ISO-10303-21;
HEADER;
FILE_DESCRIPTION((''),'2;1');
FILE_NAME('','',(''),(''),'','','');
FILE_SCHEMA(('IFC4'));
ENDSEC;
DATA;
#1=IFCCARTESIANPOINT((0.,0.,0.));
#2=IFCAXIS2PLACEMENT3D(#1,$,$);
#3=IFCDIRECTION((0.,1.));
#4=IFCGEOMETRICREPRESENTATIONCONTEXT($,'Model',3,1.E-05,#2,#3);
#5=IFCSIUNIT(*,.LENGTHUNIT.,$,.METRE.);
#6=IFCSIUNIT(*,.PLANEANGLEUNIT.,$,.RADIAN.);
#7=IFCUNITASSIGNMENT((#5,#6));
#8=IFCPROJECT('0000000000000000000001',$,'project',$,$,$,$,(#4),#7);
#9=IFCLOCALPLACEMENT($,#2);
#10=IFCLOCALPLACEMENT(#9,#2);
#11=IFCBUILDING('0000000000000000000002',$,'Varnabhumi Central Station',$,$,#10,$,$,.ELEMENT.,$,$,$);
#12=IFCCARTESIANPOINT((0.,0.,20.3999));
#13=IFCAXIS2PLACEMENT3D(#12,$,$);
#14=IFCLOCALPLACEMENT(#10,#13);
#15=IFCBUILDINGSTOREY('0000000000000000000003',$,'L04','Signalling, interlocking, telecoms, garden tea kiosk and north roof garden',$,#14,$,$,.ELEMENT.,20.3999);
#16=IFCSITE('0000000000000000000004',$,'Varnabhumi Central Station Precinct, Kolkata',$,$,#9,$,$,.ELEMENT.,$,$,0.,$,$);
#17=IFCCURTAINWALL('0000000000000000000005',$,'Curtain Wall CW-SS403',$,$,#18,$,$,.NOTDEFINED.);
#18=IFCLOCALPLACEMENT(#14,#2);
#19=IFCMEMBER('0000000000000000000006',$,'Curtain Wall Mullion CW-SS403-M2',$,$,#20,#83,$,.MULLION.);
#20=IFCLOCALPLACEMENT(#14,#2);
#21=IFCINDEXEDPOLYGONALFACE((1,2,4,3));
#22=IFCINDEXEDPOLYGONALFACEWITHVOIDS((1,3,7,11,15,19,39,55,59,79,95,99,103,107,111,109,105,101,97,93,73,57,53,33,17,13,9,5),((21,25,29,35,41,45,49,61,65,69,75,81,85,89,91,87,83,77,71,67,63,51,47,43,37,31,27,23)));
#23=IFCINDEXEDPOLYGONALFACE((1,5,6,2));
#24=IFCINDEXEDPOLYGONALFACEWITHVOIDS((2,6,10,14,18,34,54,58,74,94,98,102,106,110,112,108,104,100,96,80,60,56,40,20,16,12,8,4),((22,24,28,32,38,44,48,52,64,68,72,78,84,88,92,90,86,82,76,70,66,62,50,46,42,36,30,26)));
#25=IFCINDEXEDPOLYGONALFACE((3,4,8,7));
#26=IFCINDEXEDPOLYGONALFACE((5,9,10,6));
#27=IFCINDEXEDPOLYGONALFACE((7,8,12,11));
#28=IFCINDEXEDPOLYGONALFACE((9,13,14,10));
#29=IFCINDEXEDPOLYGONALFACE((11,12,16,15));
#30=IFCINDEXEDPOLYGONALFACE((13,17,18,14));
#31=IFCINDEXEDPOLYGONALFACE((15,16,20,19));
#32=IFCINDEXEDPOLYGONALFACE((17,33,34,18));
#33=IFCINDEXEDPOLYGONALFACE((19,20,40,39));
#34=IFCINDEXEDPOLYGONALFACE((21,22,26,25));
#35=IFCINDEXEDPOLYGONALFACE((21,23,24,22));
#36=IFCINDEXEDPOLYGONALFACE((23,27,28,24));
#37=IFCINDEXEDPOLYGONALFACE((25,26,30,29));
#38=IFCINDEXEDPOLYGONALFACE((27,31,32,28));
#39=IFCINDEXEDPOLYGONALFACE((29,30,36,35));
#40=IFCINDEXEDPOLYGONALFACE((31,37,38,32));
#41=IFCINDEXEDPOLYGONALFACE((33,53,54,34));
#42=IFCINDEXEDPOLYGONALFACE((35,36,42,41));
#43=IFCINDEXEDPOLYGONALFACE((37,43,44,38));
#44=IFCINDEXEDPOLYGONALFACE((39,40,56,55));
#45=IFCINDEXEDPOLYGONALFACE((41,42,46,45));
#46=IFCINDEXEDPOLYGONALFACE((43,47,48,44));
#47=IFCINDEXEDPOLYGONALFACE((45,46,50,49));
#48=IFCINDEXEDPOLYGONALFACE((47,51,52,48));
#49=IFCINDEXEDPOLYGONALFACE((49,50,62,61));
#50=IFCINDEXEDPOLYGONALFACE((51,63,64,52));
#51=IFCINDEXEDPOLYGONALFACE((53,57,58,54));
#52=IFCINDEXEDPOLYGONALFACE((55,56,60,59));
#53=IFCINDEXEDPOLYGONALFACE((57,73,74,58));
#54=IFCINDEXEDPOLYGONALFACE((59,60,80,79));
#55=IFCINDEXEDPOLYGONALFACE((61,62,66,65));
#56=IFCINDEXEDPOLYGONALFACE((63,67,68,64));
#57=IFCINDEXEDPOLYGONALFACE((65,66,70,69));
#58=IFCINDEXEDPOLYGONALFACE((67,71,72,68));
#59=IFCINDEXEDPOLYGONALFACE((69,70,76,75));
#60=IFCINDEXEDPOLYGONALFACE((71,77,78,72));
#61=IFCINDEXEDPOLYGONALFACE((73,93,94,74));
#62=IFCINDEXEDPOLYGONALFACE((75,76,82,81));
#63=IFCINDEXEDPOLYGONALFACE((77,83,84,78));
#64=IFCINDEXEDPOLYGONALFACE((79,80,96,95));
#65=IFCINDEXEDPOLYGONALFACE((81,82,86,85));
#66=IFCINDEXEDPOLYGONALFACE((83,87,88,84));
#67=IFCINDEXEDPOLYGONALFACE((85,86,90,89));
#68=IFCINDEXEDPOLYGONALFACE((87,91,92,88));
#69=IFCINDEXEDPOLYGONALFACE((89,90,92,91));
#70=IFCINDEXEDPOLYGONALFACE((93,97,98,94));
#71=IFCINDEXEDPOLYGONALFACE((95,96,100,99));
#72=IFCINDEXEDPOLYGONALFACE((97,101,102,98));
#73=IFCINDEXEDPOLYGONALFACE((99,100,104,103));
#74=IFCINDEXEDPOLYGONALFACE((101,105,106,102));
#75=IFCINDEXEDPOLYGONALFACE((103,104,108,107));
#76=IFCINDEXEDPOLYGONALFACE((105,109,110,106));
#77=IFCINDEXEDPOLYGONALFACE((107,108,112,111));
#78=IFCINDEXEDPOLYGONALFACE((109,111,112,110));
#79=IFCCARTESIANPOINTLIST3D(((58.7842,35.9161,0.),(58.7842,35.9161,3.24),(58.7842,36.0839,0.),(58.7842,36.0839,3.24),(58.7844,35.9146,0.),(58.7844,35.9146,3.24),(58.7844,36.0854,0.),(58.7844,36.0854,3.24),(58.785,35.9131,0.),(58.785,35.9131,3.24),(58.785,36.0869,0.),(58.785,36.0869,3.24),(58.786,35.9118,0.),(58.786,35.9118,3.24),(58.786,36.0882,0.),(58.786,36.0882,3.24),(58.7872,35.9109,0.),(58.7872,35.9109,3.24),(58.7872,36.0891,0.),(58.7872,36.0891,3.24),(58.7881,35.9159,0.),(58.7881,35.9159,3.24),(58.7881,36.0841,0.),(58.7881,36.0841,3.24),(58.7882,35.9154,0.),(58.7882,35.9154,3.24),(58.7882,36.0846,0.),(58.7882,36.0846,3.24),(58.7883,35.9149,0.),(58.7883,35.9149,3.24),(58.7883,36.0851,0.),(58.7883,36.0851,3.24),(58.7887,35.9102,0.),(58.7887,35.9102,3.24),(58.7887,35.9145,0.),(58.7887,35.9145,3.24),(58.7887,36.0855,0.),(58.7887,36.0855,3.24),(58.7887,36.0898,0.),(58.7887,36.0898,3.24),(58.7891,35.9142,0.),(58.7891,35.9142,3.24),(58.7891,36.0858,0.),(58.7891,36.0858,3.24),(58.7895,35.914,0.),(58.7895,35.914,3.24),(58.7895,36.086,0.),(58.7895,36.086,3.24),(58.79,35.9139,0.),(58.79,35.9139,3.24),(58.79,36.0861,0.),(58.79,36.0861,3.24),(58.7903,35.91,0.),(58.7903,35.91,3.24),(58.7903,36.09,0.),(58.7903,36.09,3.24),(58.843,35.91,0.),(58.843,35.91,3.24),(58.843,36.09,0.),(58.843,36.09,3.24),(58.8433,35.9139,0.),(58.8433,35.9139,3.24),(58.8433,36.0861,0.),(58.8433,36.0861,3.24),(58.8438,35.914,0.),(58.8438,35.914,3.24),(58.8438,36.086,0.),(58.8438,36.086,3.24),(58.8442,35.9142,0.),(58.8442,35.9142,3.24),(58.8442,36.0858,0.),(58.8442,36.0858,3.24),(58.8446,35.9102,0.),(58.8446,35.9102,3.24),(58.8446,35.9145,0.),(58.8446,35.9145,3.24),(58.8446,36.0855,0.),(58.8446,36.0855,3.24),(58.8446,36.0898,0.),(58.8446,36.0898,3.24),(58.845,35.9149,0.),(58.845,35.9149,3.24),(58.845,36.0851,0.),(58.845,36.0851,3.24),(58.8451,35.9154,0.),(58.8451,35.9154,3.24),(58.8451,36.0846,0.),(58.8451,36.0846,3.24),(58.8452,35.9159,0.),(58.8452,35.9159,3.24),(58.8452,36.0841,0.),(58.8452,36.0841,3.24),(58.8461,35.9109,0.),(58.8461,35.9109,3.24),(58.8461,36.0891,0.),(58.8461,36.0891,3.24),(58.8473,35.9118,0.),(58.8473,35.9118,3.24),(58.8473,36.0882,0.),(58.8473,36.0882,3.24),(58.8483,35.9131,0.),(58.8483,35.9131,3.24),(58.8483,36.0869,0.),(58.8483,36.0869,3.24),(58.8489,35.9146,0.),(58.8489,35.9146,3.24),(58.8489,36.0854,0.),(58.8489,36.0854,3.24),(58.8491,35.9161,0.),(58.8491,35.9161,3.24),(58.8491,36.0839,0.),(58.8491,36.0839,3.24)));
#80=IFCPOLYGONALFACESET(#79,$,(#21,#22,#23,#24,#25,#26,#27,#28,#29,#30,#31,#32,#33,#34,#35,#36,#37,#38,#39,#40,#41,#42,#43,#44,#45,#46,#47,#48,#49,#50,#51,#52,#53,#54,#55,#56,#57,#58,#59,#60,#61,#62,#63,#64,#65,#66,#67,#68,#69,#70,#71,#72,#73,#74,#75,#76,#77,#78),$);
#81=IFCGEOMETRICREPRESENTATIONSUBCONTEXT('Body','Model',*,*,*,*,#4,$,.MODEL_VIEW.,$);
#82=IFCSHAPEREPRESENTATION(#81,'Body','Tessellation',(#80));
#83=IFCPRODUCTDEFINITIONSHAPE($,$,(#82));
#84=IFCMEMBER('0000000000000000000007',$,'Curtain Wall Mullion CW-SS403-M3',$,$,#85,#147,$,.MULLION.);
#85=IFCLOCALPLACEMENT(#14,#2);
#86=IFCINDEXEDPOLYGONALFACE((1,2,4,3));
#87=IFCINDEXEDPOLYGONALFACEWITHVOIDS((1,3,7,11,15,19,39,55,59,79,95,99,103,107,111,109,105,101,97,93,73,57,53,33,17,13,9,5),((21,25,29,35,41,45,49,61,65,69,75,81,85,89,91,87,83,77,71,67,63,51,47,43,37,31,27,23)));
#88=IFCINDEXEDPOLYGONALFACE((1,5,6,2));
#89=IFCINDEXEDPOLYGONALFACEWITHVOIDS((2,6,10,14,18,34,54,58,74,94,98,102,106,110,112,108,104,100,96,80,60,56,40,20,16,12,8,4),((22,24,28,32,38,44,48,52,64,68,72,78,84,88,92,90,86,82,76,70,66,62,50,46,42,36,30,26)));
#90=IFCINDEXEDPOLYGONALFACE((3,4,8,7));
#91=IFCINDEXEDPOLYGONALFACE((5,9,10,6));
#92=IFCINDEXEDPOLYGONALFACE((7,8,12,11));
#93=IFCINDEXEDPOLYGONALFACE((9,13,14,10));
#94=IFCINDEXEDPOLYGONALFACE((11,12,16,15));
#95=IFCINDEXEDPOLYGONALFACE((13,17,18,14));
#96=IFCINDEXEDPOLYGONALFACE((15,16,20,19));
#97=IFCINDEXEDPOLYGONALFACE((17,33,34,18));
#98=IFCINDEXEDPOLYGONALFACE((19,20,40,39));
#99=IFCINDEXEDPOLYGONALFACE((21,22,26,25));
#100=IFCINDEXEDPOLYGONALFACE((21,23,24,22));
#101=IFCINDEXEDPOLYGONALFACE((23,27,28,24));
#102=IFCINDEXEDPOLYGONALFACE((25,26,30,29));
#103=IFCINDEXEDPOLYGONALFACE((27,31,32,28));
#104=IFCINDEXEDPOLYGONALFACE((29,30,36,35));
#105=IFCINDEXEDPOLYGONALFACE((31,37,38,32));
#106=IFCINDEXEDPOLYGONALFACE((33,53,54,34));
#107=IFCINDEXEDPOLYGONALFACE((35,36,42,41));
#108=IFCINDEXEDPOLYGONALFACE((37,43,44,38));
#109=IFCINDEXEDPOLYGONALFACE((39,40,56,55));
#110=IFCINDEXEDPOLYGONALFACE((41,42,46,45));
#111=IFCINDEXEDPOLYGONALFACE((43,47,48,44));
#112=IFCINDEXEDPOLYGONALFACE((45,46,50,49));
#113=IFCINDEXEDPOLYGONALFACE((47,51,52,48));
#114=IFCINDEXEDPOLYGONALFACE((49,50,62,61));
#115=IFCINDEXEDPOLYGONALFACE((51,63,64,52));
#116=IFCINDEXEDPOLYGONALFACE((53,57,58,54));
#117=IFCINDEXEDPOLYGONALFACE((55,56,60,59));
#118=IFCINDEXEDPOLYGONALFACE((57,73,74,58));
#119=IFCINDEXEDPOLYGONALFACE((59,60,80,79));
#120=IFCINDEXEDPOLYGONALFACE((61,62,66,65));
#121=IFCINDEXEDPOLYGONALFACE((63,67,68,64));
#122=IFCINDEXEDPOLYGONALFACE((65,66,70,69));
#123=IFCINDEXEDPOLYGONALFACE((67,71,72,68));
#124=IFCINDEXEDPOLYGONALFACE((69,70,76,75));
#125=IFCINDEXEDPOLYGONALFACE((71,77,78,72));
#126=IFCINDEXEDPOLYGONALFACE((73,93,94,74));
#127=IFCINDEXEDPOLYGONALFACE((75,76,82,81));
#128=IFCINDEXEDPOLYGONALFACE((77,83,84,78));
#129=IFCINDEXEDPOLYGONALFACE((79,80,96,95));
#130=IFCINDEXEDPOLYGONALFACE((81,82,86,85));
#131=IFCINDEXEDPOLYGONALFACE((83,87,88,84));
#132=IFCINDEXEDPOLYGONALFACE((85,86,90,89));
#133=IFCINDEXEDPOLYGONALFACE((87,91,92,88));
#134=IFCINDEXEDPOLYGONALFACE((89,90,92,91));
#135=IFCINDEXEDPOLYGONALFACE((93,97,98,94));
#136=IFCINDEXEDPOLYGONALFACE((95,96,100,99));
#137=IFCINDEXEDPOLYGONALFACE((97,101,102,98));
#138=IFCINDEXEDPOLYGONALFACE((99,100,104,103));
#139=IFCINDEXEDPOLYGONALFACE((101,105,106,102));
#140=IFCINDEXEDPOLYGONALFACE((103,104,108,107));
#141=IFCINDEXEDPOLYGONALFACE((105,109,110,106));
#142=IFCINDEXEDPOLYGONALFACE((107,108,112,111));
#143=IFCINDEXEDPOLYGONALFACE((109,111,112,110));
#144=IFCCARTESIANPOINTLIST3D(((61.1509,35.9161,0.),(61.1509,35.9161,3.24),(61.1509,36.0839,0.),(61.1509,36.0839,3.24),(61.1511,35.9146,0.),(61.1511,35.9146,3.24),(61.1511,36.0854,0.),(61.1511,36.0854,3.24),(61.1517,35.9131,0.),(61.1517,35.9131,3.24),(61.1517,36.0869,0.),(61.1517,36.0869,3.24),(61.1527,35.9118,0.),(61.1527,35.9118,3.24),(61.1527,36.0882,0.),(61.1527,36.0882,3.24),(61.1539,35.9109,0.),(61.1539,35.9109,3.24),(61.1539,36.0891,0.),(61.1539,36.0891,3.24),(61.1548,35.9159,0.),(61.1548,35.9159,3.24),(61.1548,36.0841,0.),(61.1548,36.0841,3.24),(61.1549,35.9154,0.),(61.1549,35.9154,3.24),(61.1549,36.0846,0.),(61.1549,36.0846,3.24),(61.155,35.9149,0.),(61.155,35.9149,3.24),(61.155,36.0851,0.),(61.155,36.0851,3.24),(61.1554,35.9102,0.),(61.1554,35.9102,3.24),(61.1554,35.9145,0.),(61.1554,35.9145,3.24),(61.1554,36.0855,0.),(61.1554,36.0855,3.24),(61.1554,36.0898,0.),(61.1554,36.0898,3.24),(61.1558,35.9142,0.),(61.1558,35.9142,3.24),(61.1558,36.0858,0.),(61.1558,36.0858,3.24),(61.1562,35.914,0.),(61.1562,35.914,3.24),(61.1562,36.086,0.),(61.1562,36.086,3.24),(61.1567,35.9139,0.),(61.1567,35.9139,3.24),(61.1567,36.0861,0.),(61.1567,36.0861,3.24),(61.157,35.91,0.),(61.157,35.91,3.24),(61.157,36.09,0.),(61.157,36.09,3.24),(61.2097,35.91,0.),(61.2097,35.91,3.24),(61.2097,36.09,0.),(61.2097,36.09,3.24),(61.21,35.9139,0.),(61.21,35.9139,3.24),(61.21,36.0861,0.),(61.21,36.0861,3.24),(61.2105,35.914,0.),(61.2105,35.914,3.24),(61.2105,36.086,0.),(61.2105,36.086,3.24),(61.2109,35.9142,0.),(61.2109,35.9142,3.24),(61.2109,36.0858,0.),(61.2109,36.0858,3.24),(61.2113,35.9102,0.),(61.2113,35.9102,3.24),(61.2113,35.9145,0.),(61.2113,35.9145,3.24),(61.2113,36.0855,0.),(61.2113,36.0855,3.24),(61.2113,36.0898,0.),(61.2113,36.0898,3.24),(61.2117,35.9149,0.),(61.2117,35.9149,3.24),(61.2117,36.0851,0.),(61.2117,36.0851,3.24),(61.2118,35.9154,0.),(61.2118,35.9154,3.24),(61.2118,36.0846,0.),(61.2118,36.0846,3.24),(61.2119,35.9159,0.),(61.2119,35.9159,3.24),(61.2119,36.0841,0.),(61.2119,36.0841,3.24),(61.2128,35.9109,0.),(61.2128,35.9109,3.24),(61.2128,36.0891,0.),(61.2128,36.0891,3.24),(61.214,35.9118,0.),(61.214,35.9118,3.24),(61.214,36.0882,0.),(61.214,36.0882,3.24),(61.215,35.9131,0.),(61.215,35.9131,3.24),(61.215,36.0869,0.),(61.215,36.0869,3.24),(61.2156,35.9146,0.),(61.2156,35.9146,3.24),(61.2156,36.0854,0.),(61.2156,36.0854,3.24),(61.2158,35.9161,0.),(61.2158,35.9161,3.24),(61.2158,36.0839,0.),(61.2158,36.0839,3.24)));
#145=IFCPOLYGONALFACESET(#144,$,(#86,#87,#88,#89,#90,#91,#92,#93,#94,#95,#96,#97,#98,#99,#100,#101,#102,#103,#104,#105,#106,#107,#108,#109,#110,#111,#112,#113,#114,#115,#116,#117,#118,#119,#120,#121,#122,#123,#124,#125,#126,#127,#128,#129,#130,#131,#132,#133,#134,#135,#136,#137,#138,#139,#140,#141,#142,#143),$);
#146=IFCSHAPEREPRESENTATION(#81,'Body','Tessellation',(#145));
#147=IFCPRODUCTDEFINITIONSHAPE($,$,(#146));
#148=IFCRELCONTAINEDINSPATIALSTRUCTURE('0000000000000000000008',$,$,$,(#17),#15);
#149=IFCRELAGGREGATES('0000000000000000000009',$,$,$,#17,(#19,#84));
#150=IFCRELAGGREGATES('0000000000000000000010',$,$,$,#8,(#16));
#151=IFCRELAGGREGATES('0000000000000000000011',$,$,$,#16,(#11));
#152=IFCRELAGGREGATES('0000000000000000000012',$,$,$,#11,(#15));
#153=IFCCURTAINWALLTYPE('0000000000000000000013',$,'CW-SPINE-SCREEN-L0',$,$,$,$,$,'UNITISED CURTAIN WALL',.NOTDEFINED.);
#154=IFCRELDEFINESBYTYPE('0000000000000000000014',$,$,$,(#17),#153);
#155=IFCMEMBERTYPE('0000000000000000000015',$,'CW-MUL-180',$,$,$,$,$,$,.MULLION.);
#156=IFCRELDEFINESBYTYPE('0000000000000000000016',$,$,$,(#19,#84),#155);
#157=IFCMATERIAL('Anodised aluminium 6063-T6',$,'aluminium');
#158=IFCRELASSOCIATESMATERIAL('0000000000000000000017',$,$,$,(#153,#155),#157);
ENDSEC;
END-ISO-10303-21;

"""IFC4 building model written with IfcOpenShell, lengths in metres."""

from ifc_helpers import new_model, si_unit, direction, frame, origin, origin_2d, place, context, subcontext, project, spatial, hollow_rectangle, extrude, material, material_profile, profile_set, type_object, element, aggregate, save


model = new_model("IFC4")

# Units and contexts
model_context = context("Model", 3, precision=1e-05, world=origin(), true_north=direction((0.0, 1.0)))
body_context = subcontext(model_context, "Body", "Model", "MODEL_VIEW")
ifc_project = project(units=[si_unit("LENGTHUNIT", "METRE"), si_unit("PLANEANGLEUNIT", "RADIAN")], contexts=[model_context])

# Site, building, storey
site_placement = place(None, origin())
site = spatial("IfcSite", under=ifc_project, at=site_placement, Name="Varnabhumi Central Station Precinct, Kolkata", CompositionType="ELEMENT", RefElevation=0.0)
building_placement = place(site_placement, origin())
building = spatial("IfcBuilding", under=site, at=building_placement, Name="Varnabhumi Central Station", CompositionType="ELEMENT")
storey_placement = place(building_placement, frame((0.0, 0.0, 20.3999)))
storey = spatial("IfcBuildingStorey", under=building, at=storey_placement, Name="L04", Description="Signalling, interlocking, telecoms, garden tea kiosk and north roof garden", CompositionType="ELEMENT", Elevation=20.3999)

# Curtain wall, members
ifc_material_1 = material(Name="Anodised aluminium 6063-T6", Category="aluminium")
curtain_wall_type = type_object("IfcCurtainWallType", Name="CW-SPINE-SCREEN-L0", ElementType="UNITISED CURTAIN WALL", PredefinedType="NOTDEFINED", material=ifc_material_1)
curtain_wall_placement = place(storey_placement, origin())
curtain_wall = element("IfcCurtainWall", 1, at=curtain_wall_placement, inside=storey, type_object=curtain_wall_type, Name="Curtain Wall CW-SS403", PredefinedType="NOTDEFINED")
ifc_material_profile_1 = material_profile(ifc_material_1, hollow_rectangle(XDim=0.0649, YDim=0.1799, WallThickness=0.0039, InnerFilletRadius=0.002, OuterFilletRadius=0.0061, at=origin_2d()), Name="Anodised aluminium 6063-T6", Category="aluminium")
ifc_profile_set_1 = profile_set([ifc_material_profile_1], Name="Anodised aluminium 6063-T6")
member_type_1 = type_object("IfcMemberType", Name="CW-MUL-180", PredefinedType="MULLION", material=ifc_profile_set_1)
member_1_placement = place(storey_placement, frame((58.8167, 36.0, 0.0), z_axis=(0.0, 0.0, 1.0), x_axis=(1.0, 0.0, 0.0)))
member_1 = element("IfcMember", 2, at=member_1_placement, type_object=member_type_1, Name="Curtain Wall Mullion CW-SS403-M2", PredefinedType="MULLION", context=body_context, shape_type="SweptSolid", body=[
    extrude(hollow_rectangle(XDim=0.0649, YDim=0.1799, WallThickness=0.0039, InnerFilletRadius=0.002, OuterFilletRadius=0.0061, at=origin_2d()), origin(), (0.0, 0.0, 1.0), 3.24),
])
member_2_placement = place(storey_placement, frame((61.1833, 36.0, 0.0), z_axis=(0.0, 0.0, 1.0), x_axis=(1.0, 0.0, 0.0)))
member_2 = element("IfcMember", 3, at=member_2_placement, type_object=member_type_1, Name="Curtain Wall Mullion CW-SS403-M3", PredefinedType="MULLION", context=body_context, shape_type="SweptSolid", body=[
    extrude(hollow_rectangle(XDim=0.0649, YDim=0.1799, WallThickness=0.0039, InnerFilletRadius=0.002, OuterFilletRadius=0.0061, at=origin_2d()), origin(), (0.0, 0.0, 1.0), 3.24),
])
aggregate(curtain_wall, [member_1, member_2])

save(model, "model.ifc")
